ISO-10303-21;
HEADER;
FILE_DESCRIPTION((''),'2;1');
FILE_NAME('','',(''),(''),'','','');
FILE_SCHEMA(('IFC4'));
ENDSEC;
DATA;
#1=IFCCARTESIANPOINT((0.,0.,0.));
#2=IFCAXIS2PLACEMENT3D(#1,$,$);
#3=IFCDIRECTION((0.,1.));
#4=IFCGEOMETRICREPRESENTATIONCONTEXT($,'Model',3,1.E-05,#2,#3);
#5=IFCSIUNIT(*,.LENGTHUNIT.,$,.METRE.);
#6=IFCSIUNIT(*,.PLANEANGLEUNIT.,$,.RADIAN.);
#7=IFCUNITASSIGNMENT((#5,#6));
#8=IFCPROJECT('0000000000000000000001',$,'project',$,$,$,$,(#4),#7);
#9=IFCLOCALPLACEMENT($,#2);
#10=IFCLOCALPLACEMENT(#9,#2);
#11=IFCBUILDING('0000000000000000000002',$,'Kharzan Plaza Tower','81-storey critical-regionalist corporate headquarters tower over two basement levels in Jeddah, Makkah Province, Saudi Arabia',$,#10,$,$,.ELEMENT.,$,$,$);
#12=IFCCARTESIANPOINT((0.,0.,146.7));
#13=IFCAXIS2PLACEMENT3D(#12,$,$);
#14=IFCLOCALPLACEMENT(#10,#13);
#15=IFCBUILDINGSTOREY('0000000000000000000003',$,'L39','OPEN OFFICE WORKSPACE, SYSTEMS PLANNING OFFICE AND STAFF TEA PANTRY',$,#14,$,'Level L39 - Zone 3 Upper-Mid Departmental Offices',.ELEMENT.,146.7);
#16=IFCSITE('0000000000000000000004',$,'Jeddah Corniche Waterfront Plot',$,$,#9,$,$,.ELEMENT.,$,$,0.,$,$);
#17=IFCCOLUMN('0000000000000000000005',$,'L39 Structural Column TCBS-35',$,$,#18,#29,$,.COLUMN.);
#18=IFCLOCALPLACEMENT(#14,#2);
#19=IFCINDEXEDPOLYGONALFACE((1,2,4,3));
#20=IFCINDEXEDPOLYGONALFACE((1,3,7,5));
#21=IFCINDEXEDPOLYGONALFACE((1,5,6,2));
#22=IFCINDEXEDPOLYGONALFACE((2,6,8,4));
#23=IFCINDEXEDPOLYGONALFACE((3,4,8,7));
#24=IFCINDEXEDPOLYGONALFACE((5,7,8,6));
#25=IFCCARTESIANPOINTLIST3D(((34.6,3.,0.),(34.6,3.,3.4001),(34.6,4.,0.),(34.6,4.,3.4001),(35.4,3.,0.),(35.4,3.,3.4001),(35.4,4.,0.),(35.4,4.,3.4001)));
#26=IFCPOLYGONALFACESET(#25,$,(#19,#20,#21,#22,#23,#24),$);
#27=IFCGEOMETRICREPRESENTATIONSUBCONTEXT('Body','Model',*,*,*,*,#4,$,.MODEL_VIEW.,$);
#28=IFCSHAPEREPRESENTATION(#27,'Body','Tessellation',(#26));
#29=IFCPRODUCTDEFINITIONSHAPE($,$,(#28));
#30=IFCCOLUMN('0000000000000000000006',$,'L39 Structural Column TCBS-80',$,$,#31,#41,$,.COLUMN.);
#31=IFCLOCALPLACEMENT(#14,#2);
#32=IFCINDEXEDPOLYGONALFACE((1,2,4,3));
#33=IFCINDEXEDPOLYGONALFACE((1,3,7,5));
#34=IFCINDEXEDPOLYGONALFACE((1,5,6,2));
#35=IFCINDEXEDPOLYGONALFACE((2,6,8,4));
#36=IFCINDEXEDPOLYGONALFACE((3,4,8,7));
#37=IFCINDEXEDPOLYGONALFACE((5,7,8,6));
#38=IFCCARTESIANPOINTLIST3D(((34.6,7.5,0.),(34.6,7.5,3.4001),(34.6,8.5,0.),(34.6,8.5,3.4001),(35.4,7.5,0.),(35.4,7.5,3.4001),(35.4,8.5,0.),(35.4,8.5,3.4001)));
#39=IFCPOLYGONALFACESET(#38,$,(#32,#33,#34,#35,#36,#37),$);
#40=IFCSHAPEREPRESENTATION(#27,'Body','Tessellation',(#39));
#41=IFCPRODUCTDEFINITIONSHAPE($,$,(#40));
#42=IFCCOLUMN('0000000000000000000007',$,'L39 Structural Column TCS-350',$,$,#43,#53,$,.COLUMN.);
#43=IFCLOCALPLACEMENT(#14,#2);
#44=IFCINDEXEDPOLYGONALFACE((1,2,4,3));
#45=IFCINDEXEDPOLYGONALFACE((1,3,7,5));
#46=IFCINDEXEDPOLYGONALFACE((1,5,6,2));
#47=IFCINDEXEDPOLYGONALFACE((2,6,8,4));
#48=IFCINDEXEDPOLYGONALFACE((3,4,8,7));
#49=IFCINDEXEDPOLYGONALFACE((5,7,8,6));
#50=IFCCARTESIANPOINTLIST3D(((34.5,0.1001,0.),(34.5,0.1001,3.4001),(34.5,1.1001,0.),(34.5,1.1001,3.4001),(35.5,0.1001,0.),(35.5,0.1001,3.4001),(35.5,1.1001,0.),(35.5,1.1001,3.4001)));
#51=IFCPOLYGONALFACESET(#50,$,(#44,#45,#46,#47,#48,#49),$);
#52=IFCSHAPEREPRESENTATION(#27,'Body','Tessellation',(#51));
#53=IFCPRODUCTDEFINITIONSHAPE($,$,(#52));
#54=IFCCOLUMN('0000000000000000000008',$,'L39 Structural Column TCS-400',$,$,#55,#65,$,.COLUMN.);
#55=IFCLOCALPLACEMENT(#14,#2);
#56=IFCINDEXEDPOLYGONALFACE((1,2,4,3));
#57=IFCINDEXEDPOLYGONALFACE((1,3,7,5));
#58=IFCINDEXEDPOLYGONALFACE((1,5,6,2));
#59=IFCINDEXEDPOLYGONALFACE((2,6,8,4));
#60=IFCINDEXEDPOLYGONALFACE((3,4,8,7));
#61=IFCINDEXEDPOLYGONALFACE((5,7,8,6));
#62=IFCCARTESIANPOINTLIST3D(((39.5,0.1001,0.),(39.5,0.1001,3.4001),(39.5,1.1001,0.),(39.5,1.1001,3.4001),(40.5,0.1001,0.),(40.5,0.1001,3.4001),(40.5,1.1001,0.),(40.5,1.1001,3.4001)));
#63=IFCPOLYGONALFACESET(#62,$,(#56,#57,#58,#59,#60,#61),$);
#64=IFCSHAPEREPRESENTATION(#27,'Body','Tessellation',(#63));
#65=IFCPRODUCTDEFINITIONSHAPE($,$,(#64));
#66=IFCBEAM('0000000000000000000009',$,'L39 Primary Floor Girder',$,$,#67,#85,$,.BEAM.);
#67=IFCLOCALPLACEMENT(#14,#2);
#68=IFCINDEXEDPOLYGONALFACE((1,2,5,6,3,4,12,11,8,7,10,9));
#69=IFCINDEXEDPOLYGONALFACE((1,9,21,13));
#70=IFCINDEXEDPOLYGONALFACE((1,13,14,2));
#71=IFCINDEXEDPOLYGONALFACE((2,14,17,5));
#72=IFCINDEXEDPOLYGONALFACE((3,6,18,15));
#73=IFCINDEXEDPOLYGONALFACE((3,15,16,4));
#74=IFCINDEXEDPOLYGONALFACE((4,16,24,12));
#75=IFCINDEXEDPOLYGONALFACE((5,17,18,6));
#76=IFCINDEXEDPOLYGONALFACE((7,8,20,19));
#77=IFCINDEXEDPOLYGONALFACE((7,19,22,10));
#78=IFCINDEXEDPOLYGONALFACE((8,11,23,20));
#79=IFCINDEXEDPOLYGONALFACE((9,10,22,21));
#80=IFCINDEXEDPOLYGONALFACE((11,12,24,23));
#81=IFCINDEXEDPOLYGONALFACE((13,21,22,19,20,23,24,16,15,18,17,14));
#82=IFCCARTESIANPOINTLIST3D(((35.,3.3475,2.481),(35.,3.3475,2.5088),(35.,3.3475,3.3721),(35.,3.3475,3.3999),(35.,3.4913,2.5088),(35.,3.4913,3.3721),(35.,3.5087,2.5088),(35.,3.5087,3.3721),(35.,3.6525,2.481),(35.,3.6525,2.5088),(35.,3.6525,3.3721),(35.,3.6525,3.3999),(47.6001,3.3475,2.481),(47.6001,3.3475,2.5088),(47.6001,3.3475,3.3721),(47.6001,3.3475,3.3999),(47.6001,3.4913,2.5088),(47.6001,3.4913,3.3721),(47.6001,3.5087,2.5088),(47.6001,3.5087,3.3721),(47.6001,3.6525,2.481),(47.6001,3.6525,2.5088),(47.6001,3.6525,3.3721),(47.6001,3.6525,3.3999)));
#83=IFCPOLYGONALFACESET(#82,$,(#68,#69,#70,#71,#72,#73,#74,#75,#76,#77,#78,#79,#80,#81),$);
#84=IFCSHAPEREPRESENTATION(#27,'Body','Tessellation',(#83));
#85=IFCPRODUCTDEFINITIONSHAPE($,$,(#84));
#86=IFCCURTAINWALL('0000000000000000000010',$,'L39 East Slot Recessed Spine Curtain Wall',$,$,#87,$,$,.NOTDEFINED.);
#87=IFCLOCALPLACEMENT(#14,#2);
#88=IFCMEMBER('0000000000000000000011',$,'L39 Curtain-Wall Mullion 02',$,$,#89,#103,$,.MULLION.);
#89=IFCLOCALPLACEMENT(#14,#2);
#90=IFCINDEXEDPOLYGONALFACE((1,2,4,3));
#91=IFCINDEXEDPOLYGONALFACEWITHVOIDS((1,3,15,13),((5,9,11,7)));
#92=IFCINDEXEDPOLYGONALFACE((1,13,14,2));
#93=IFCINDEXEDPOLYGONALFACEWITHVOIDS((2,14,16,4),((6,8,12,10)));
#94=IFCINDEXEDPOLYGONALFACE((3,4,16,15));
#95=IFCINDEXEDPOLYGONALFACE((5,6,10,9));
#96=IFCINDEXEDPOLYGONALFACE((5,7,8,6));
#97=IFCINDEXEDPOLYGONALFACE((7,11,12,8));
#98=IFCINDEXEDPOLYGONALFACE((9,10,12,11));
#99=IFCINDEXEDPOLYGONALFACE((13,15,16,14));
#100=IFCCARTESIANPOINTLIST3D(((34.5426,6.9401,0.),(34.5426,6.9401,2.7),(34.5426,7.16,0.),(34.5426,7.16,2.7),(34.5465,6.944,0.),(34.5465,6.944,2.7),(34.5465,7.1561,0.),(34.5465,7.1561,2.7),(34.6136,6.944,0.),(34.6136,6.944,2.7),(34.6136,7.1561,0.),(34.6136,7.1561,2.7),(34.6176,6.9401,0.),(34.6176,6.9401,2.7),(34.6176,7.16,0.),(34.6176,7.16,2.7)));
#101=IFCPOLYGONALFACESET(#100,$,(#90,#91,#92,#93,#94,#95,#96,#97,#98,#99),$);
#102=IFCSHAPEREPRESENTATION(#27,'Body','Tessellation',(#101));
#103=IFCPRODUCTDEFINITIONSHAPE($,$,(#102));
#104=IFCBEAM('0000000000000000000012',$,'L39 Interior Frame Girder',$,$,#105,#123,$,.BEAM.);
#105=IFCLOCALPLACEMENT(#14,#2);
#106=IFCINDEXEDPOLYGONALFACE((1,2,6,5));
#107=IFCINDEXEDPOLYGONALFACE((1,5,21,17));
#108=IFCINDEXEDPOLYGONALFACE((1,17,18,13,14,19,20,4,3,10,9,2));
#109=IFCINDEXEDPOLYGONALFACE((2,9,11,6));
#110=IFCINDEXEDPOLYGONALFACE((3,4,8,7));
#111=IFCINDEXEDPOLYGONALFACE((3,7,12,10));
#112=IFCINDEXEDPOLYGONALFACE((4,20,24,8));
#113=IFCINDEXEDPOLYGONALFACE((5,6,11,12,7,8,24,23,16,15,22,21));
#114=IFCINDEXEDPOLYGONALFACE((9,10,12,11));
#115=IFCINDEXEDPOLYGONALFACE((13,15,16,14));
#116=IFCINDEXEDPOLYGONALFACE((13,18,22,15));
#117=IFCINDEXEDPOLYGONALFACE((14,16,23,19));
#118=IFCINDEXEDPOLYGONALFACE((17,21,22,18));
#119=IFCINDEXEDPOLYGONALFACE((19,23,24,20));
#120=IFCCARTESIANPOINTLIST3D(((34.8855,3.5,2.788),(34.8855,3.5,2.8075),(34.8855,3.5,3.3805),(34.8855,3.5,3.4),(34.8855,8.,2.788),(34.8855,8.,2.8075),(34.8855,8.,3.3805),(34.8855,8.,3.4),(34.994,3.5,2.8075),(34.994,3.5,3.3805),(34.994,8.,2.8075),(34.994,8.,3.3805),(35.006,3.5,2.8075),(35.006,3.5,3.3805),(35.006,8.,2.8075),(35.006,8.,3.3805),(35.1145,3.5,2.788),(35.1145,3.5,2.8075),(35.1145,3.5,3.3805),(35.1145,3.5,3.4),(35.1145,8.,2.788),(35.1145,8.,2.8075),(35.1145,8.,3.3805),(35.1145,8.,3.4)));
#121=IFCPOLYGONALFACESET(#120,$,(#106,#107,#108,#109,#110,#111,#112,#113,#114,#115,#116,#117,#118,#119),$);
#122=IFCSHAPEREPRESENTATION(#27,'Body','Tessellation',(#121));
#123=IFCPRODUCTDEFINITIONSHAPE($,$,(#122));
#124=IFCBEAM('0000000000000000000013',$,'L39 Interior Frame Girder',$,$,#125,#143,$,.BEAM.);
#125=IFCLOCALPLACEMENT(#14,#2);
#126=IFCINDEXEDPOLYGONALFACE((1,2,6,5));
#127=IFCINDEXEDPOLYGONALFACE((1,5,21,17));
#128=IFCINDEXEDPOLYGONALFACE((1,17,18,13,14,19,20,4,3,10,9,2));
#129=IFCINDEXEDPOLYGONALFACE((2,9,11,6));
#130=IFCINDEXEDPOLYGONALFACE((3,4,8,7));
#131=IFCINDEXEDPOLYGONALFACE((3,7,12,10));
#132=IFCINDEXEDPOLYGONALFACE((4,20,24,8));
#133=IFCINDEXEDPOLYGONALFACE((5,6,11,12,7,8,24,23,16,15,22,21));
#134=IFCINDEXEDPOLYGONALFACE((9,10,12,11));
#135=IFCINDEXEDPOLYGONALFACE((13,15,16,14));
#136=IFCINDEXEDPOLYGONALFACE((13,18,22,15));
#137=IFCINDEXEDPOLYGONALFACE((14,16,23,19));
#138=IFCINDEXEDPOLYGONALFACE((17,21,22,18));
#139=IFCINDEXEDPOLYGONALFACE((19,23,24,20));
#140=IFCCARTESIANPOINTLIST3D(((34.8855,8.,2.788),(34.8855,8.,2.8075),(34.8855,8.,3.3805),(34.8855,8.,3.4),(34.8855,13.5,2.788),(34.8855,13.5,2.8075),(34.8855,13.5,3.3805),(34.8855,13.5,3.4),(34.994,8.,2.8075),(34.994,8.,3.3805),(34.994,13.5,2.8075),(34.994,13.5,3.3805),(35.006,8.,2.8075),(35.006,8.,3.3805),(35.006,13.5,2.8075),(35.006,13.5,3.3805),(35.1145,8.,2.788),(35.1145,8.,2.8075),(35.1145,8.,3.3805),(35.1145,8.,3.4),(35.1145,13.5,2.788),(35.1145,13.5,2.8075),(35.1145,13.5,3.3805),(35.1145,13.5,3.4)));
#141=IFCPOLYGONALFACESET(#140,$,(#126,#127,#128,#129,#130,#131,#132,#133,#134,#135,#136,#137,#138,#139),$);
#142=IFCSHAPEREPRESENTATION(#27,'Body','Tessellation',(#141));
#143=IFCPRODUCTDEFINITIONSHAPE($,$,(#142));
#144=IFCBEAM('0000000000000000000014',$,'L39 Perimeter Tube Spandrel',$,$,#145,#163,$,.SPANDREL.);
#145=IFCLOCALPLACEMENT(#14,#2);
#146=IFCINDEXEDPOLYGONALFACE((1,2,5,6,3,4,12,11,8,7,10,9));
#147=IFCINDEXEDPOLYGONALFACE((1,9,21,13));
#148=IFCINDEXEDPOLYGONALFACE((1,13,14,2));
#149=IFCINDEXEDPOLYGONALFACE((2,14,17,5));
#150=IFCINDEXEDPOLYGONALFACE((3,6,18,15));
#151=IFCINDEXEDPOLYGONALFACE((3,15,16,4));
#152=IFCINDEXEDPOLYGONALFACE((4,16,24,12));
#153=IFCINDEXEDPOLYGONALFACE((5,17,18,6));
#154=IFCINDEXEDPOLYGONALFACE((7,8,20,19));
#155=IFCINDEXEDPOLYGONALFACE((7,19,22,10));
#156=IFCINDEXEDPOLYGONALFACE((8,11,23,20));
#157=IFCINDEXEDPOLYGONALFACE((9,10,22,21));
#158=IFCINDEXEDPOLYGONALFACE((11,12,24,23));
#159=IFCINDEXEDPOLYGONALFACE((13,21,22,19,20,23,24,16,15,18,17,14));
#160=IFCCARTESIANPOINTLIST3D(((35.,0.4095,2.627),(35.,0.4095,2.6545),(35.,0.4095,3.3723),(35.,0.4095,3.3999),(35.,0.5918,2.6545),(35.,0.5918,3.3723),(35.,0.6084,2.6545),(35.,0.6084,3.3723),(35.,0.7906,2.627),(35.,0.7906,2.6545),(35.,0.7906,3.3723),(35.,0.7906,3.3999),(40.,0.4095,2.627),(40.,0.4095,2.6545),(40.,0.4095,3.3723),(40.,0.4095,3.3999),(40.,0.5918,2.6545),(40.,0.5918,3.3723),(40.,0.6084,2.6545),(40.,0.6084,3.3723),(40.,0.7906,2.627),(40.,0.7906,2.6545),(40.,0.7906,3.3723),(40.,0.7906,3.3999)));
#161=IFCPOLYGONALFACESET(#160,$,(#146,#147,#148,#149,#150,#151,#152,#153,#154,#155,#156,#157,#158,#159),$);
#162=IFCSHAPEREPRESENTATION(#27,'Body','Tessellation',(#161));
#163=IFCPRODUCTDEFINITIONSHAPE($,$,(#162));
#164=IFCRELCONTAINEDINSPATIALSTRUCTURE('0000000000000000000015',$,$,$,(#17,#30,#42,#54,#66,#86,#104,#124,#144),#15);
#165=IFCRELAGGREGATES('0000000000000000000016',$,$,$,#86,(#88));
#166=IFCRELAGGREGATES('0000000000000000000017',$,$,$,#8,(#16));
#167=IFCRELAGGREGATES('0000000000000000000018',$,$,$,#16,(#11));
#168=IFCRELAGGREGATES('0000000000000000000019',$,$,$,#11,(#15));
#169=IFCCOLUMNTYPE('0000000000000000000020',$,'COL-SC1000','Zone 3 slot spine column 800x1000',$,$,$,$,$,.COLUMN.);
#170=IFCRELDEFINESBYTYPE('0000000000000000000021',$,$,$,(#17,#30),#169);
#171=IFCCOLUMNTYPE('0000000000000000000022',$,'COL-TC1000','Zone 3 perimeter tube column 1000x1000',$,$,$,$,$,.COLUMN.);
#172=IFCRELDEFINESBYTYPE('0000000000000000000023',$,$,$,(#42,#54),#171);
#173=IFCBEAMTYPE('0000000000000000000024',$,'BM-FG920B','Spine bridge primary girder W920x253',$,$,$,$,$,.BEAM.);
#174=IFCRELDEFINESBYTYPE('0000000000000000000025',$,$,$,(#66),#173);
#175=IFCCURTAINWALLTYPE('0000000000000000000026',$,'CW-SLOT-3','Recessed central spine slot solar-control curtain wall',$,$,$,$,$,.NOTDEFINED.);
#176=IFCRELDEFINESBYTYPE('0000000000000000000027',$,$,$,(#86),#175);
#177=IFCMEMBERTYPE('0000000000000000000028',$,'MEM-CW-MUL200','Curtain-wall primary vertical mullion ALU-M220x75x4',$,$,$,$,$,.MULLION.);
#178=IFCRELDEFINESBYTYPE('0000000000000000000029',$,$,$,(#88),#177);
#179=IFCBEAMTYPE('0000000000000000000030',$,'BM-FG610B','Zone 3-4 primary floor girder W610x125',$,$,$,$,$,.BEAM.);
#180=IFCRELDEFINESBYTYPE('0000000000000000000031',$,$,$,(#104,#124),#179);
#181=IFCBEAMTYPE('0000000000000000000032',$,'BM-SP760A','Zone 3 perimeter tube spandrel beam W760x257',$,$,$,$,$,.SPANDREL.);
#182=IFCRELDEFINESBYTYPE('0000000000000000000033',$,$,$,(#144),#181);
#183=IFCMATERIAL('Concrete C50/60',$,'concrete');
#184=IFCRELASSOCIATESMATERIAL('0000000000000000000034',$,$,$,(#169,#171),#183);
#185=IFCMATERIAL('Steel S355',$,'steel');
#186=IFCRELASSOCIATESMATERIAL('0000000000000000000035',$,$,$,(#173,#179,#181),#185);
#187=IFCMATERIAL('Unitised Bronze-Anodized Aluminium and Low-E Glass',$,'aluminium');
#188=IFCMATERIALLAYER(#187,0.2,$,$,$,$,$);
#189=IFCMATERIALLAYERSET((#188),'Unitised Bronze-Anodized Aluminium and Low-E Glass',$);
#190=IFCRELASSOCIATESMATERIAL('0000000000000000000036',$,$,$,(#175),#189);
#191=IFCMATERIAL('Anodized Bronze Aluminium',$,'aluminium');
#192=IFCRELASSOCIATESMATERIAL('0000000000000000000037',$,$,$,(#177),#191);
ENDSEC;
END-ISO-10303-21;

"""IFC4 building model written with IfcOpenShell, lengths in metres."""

from ifc_helpers import new_model, si_unit, direction, frame, origin, origin_2d, place, context, subcontext, project, spatial, rectangle, hollow_rectangle, i_section, extrude, source, transform, mapped, material, layer, layer_set, material_profile, profile_set, type_object, element, aggregate, save


model = new_model("IFC4")

# Units and contexts
model_context = context("Model", 3, precision=1e-05, world=origin(), true_north=direction((0.0, 1.0)))
body_context = subcontext(model_context, "Body", "Model", "MODEL_VIEW")
ifc_project = project(units=[si_unit("LENGTHUNIT", "METRE"), si_unit("PLANEANGLEUNIT", "RADIAN")], contexts=[model_context])

# Site, building, storey
site_placement = place(None, origin())
site = spatial("IfcSite", under=ifc_project, at=site_placement, Name="Jeddah Corniche Waterfront Plot", CompositionType="ELEMENT", RefElevation=0.0)
building_placement = place(site_placement, origin())
building = spatial("IfcBuilding", under=site, at=building_placement, Name="Kharzan Plaza Tower", Description="81-storey critical-regionalist corporate headquarters tower over two basement levels in Jeddah, Makkah Province, Saudi Arabia", CompositionType="ELEMENT")
storey_placement = place(building_placement, frame((0.0, 0.0, 146.7)))
storey = spatial("IfcBuildingStorey", under=building, at=storey_placement, Name="L39", Description="OPEN OFFICE WORKSPACE, SYSTEMS PLANNING OFFICE AND STAFF TEA PANTRY", LongName="Level L39 - Zone 3 Upper-Mid Departmental Offices", CompositionType="ELEMENT", Elevation=146.7)

# Columns
ifc_material_1 = material(Name="Concrete C50/60", Category="concrete")
ifc_material_profile_1 = material_profile(ifc_material_1, rectangle(XDim=0.8, YDim=1.0, at=origin_2d()), Name="RC-SC1000x800")
ifc_profile_set_1 = profile_set([ifc_material_profile_1], Name="Concrete C50/60")
column_type_1 = type_object("IfcColumnType", Name="COL-SC1000", Description="Zone 3 slot spine column 800x1000", PredefinedType="COLUMN", material=ifc_profile_set_1)
shared_shape_1 = source(origin(), body_context, "Body", "SweptSolid", [
    extrude(rectangle(XDim=0.8, YDim=1.0, at=origin_2d()), origin(), (0.0, 0.0, 1.0), 3.4001),
])
for number, where, z_axis, x_axis, name in (
    (1, (35.0, 3.5, 0.0), (0.0, 0.0, 1.0), (1.0, 0.0, 0.0), "L39 Structural Column TCBS-35"),
    (2, (35.0, 8.0, 0.0), (0.0, 0.0, 1.0), (1.0, 0.0, 0.0), "L39 Structural Column TCBS-80"),
):
    element("IfcColumn", number, at=place(storey_placement, frame(where, z_axis=z_axis, x_axis=x_axis)), inside=storey, type_object=column_type_1, Name=name, PredefinedType="COLUMN", context=body_context, shape_type="MappedRepresentation", body=[
        mapped(shared_shape_1, transform((0.0, 0.0, 0.0), x_axis=(1.0, 0.0, 0.0), y_axis=(0.0, 1.0, 0.0), z_axis=(0.0, 0.0, 1.0))),
    ])
ifc_material_profile_2 = material_profile(ifc_material_1, rectangle(XDim=1.0, YDim=1.0, at=origin_2d()), Name="RC-TC1000x1000")
ifc_profile_set_2 = profile_set([ifc_material_profile_2], Name="Concrete C50/60")
column_type_2 = type_object("IfcColumnType", Name="COL-TC1000", Description="Zone 3 perimeter tube column 1000x1000", PredefinedType="COLUMN", material=ifc_profile_set_2)
shared_shape_2 = source(origin(), body_context, "Body", "SweptSolid", [
    extrude(rectangle(XDim=1.0, YDim=1.0, at=origin_2d()), origin(), (0.0, 0.0, 1.0), 3.4001),
])
for number, where, z_axis, x_axis, name in (
    (3, (35.0, 0.6001, 0.0), (0.0, 0.0, 1.0), (1.0, 0.0, 0.0), "L39 Structural Column TCS-350"),
    (4, (40.0, 0.6001, 0.0), (0.0, 0.0, 1.0), (1.0, 0.0, 0.0), "L39 Structural Column TCS-400"),
):
    element("IfcColumn", number, at=place(storey_placement, frame(where, z_axis=z_axis, x_axis=x_axis)), inside=storey, type_object=column_type_2, Name=name, PredefinedType="COLUMN", context=body_context, shape_type="MappedRepresentation", body=[
        mapped(shared_shape_2, transform((0.0, 0.0, 0.0), x_axis=(1.0, 0.0, 0.0), y_axis=(0.0, 1.0, 0.0), z_axis=(0.0, 0.0, 1.0))),
    ])

# Beam
ifc_material_2 = material(Name="Steel S355", Category="steel")
ifc_material_profile_3 = material_profile(ifc_material_2, i_section(OverallWidth=0.3049, OverallDepth=0.9189, WebThickness=0.0173, FlangeThickness=0.0278, at=origin_2d()), Name="W920x253")
ifc_profile_set_3 = profile_set([ifc_material_profile_3], Name="Steel S355")
beam_type_1 = type_object("IfcBeamType", Name="BM-FG920B", Description="Spine bridge primary girder W920x253", PredefinedType="BEAM", material=ifc_profile_set_3)
shared_shape_3 = source(origin(), body_context, "Body", "SweptSolid", [
    extrude(i_section(OverallWidth=0.3049, OverallDepth=0.9189, WebThickness=0.0173, FlangeThickness=0.0278, at=origin_2d()), origin(), (0.0, 0.0, 1.0), 12.6001),
])
beam_1_placement = place(storey_placement, frame((35.0, 3.5, 2.9404), z_axis=(1.0, 0.0, 0.0), x_axis=(0.0, 1.0, 0.0)))
element("IfcBeam", 5, at=beam_1_placement, inside=storey, type_object=beam_type_1, Name="L39 Primary Floor Girder", PredefinedType="BEAM", context=body_context, shape_type="MappedRepresentation", body=[
    mapped(shared_shape_3, transform((0.0, 0.0, 0.0), x_axis=(1.0, 0.0, 0.0), y_axis=(0.0, 1.0, 0.0), z_axis=(0.0, 0.0, 1.0))),
])

# Curtain wall, member
ifc_material_3 = material(Name="Unitised Bronze-Anodized Aluminium and Low-E Glass", Category="aluminium")
ifc_layer_1 = layer(ifc_material_3, 0.2)
ifc_layer_set_1 = layer_set([ifc_layer_1], Name="Unitised Bronze-Anodized Aluminium and Low-E Glass")
curtain_wall_type = type_object("IfcCurtainWallType", Name="CW-SLOT-3", Description="Recessed central spine slot solar-control curtain wall", PredefinedType="NOTDEFINED", material=ifc_layer_set_1)
curtain_wall_placement = place(storey_placement, origin())
curtain_wall = element("IfcCurtainWall", 6, at=curtain_wall_placement, inside=storey, type_object=curtain_wall_type, Name="L39 East Slot Recessed Spine Curtain Wall", PredefinedType="NOTDEFINED")
ifc_material_4 = material(Name="Anodized Bronze Aluminium", Category="aluminium")
ifc_material_profile_4 = material_profile(ifc_material_4, hollow_rectangle(XDim=0.075, YDim=0.22, WallThickness=0.0039, at=origin_2d()), Name="ALU-M220x75x4")
ifc_profile_set_4 = profile_set([ifc_material_profile_4], Name="Anodized Bronze Aluminium")
member_type = type_object("IfcMemberType", Name="MEM-CW-MUL200", Description="Curtain-wall primary vertical mullion ALU-M220x75x4", PredefinedType="MULLION", material=ifc_profile_set_4)
shared_shape_4 = source(origin(), body_context, "Body", "SweptSolid", [
    extrude(hollow_rectangle(XDim=0.075, YDim=0.22, WallThickness=0.0039, at=origin_2d()), origin(), (0.0, 0.0, 1.0), 2.7),
])
member_placement = place(storey_placement, frame((34.5801, 7.05, 0.0), z_axis=(0.0, 0.0, 1.0), x_axis=(1.0, 0.0, 0.0)))
member = element("IfcMember", 7, at=member_placement, type_object=member_type, Name="L39 Curtain-Wall Mullion 02", PredefinedType="MULLION", context=body_context, shape_type="MappedRepresentation", body=[
    mapped(shared_shape_4, transform((0.0, 0.0, 0.0), x_axis=(1.0, 0.0, 0.0), y_axis=(0.0, 1.0, 0.0), z_axis=(0.0, 0.0, 1.0))),
])
aggregate(curtain_wall, [member])

# Beams
ifc_material_profile_5 = material_profile(ifc_material_2, i_section(OverallWidth=0.229, OverallDepth=0.6121, WebThickness=0.012, FlangeThickness=0.0195, at=origin_2d()), Name="W610x125")
ifc_profile_set_5 = profile_set([ifc_material_profile_5], Name="Steel S355")
beam_type_2 = type_object("IfcBeamType", Name="BM-FG610B", Description="Zone 3-4 primary floor girder W610x125", PredefinedType="BEAM", material=ifc_profile_set_5)
shared_shape_5 = source(origin(), body_context, "Body", "SweptSolid", [
    extrude(i_section(OverallWidth=0.229, OverallDepth=0.6121, WebThickness=0.012, FlangeThickness=0.0195, at=origin_2d()), origin(), (0.0, 0.0, 1.0), 4.5),
])
beam_2_placement = place(storey_placement, frame((35.0, 3.5, 3.094), z_axis=(0.0, 1.0, 0.0), x_axis=(-1.0, 0.0, 0.0)))
element("IfcBeam", 8, at=beam_2_placement, inside=storey, type_object=beam_type_2, Name="L39 Interior Frame Girder", PredefinedType="BEAM", context=body_context, shape_type="MappedRepresentation", body=[
    mapped(shared_shape_5, transform((0.0, 0.0, 0.0), x_axis=(1.0, 0.0, 0.0), y_axis=(0.0, 1.0, 0.0), z_axis=(0.0, 0.0, 1.0))),
])
shared_shape_6 = source(origin(), body_context, "Body", "SweptSolid", [
    extrude(i_section(OverallWidth=0.229, OverallDepth=0.6121, WebThickness=0.012, FlangeThickness=0.0195, at=origin_2d()), origin(), (0.0, 0.0, 1.0), 5.5),
])
beam_3_placement = place(storey_placement, frame((35.0, 8.0, 3.094), z_axis=(0.0, 1.0, 0.0), x_axis=(-1.0, 0.0, 0.0)))
element("IfcBeam", 9, at=beam_3_placement, inside=storey, type_object=beam_type_2, Name="L39 Interior Frame Girder", PredefinedType="BEAM", context=body_context, shape_type="MappedRepresentation", body=[
    mapped(shared_shape_6, transform((0.0, 0.0, 0.0), x_axis=(1.0, 0.0, 0.0), y_axis=(0.0, 1.0, 0.0), z_axis=(0.0, 0.0, 1.0))),
])
ifc_material_profile_6 = material_profile(ifc_material_2, i_section(OverallWidth=0.3811, OverallDepth=0.7729, WebThickness=0.0166, FlangeThickness=0.0276, at=origin_2d()), Name="W760x257")
ifc_profile_set_6 = profile_set([ifc_material_profile_6], Name="Steel S355")
beam_type_3 = type_object("IfcBeamType", Name="BM-SP760A", Description="Zone 3 perimeter tube spandrel beam W760x257", PredefinedType="SPANDREL", material=ifc_profile_set_6)
shared_shape_7 = source(origin(), body_context, "Body", "SweptSolid", [
    extrude(i_section(OverallWidth=0.3811, OverallDepth=0.7729, WebThickness=0.0166, FlangeThickness=0.0276, at=origin_2d()), origin(), (0.0, 0.0, 1.0), 5.0),
])
beam_4_placement = place(storey_placement, frame((35.0, 0.6001, 3.0134), z_axis=(1.0, 0.0, 0.0), x_axis=(0.0, 1.0, 0.0)))
element("IfcBeam", 10, at=beam_4_placement, inside=storey, type_object=beam_type_3, Name="L39 Perimeter Tube Spandrel", PredefinedType="SPANDREL", context=body_context, shape_type="MappedRepresentation", body=[
    mapped(shared_shape_7, transform((0.0, 0.0, 0.0), x_axis=(1.0, 0.0, 0.0), y_axis=(0.0, 1.0, 0.0), z_axis=(0.0, 0.0, 1.0))),
])

save(model, "model.ifc")
